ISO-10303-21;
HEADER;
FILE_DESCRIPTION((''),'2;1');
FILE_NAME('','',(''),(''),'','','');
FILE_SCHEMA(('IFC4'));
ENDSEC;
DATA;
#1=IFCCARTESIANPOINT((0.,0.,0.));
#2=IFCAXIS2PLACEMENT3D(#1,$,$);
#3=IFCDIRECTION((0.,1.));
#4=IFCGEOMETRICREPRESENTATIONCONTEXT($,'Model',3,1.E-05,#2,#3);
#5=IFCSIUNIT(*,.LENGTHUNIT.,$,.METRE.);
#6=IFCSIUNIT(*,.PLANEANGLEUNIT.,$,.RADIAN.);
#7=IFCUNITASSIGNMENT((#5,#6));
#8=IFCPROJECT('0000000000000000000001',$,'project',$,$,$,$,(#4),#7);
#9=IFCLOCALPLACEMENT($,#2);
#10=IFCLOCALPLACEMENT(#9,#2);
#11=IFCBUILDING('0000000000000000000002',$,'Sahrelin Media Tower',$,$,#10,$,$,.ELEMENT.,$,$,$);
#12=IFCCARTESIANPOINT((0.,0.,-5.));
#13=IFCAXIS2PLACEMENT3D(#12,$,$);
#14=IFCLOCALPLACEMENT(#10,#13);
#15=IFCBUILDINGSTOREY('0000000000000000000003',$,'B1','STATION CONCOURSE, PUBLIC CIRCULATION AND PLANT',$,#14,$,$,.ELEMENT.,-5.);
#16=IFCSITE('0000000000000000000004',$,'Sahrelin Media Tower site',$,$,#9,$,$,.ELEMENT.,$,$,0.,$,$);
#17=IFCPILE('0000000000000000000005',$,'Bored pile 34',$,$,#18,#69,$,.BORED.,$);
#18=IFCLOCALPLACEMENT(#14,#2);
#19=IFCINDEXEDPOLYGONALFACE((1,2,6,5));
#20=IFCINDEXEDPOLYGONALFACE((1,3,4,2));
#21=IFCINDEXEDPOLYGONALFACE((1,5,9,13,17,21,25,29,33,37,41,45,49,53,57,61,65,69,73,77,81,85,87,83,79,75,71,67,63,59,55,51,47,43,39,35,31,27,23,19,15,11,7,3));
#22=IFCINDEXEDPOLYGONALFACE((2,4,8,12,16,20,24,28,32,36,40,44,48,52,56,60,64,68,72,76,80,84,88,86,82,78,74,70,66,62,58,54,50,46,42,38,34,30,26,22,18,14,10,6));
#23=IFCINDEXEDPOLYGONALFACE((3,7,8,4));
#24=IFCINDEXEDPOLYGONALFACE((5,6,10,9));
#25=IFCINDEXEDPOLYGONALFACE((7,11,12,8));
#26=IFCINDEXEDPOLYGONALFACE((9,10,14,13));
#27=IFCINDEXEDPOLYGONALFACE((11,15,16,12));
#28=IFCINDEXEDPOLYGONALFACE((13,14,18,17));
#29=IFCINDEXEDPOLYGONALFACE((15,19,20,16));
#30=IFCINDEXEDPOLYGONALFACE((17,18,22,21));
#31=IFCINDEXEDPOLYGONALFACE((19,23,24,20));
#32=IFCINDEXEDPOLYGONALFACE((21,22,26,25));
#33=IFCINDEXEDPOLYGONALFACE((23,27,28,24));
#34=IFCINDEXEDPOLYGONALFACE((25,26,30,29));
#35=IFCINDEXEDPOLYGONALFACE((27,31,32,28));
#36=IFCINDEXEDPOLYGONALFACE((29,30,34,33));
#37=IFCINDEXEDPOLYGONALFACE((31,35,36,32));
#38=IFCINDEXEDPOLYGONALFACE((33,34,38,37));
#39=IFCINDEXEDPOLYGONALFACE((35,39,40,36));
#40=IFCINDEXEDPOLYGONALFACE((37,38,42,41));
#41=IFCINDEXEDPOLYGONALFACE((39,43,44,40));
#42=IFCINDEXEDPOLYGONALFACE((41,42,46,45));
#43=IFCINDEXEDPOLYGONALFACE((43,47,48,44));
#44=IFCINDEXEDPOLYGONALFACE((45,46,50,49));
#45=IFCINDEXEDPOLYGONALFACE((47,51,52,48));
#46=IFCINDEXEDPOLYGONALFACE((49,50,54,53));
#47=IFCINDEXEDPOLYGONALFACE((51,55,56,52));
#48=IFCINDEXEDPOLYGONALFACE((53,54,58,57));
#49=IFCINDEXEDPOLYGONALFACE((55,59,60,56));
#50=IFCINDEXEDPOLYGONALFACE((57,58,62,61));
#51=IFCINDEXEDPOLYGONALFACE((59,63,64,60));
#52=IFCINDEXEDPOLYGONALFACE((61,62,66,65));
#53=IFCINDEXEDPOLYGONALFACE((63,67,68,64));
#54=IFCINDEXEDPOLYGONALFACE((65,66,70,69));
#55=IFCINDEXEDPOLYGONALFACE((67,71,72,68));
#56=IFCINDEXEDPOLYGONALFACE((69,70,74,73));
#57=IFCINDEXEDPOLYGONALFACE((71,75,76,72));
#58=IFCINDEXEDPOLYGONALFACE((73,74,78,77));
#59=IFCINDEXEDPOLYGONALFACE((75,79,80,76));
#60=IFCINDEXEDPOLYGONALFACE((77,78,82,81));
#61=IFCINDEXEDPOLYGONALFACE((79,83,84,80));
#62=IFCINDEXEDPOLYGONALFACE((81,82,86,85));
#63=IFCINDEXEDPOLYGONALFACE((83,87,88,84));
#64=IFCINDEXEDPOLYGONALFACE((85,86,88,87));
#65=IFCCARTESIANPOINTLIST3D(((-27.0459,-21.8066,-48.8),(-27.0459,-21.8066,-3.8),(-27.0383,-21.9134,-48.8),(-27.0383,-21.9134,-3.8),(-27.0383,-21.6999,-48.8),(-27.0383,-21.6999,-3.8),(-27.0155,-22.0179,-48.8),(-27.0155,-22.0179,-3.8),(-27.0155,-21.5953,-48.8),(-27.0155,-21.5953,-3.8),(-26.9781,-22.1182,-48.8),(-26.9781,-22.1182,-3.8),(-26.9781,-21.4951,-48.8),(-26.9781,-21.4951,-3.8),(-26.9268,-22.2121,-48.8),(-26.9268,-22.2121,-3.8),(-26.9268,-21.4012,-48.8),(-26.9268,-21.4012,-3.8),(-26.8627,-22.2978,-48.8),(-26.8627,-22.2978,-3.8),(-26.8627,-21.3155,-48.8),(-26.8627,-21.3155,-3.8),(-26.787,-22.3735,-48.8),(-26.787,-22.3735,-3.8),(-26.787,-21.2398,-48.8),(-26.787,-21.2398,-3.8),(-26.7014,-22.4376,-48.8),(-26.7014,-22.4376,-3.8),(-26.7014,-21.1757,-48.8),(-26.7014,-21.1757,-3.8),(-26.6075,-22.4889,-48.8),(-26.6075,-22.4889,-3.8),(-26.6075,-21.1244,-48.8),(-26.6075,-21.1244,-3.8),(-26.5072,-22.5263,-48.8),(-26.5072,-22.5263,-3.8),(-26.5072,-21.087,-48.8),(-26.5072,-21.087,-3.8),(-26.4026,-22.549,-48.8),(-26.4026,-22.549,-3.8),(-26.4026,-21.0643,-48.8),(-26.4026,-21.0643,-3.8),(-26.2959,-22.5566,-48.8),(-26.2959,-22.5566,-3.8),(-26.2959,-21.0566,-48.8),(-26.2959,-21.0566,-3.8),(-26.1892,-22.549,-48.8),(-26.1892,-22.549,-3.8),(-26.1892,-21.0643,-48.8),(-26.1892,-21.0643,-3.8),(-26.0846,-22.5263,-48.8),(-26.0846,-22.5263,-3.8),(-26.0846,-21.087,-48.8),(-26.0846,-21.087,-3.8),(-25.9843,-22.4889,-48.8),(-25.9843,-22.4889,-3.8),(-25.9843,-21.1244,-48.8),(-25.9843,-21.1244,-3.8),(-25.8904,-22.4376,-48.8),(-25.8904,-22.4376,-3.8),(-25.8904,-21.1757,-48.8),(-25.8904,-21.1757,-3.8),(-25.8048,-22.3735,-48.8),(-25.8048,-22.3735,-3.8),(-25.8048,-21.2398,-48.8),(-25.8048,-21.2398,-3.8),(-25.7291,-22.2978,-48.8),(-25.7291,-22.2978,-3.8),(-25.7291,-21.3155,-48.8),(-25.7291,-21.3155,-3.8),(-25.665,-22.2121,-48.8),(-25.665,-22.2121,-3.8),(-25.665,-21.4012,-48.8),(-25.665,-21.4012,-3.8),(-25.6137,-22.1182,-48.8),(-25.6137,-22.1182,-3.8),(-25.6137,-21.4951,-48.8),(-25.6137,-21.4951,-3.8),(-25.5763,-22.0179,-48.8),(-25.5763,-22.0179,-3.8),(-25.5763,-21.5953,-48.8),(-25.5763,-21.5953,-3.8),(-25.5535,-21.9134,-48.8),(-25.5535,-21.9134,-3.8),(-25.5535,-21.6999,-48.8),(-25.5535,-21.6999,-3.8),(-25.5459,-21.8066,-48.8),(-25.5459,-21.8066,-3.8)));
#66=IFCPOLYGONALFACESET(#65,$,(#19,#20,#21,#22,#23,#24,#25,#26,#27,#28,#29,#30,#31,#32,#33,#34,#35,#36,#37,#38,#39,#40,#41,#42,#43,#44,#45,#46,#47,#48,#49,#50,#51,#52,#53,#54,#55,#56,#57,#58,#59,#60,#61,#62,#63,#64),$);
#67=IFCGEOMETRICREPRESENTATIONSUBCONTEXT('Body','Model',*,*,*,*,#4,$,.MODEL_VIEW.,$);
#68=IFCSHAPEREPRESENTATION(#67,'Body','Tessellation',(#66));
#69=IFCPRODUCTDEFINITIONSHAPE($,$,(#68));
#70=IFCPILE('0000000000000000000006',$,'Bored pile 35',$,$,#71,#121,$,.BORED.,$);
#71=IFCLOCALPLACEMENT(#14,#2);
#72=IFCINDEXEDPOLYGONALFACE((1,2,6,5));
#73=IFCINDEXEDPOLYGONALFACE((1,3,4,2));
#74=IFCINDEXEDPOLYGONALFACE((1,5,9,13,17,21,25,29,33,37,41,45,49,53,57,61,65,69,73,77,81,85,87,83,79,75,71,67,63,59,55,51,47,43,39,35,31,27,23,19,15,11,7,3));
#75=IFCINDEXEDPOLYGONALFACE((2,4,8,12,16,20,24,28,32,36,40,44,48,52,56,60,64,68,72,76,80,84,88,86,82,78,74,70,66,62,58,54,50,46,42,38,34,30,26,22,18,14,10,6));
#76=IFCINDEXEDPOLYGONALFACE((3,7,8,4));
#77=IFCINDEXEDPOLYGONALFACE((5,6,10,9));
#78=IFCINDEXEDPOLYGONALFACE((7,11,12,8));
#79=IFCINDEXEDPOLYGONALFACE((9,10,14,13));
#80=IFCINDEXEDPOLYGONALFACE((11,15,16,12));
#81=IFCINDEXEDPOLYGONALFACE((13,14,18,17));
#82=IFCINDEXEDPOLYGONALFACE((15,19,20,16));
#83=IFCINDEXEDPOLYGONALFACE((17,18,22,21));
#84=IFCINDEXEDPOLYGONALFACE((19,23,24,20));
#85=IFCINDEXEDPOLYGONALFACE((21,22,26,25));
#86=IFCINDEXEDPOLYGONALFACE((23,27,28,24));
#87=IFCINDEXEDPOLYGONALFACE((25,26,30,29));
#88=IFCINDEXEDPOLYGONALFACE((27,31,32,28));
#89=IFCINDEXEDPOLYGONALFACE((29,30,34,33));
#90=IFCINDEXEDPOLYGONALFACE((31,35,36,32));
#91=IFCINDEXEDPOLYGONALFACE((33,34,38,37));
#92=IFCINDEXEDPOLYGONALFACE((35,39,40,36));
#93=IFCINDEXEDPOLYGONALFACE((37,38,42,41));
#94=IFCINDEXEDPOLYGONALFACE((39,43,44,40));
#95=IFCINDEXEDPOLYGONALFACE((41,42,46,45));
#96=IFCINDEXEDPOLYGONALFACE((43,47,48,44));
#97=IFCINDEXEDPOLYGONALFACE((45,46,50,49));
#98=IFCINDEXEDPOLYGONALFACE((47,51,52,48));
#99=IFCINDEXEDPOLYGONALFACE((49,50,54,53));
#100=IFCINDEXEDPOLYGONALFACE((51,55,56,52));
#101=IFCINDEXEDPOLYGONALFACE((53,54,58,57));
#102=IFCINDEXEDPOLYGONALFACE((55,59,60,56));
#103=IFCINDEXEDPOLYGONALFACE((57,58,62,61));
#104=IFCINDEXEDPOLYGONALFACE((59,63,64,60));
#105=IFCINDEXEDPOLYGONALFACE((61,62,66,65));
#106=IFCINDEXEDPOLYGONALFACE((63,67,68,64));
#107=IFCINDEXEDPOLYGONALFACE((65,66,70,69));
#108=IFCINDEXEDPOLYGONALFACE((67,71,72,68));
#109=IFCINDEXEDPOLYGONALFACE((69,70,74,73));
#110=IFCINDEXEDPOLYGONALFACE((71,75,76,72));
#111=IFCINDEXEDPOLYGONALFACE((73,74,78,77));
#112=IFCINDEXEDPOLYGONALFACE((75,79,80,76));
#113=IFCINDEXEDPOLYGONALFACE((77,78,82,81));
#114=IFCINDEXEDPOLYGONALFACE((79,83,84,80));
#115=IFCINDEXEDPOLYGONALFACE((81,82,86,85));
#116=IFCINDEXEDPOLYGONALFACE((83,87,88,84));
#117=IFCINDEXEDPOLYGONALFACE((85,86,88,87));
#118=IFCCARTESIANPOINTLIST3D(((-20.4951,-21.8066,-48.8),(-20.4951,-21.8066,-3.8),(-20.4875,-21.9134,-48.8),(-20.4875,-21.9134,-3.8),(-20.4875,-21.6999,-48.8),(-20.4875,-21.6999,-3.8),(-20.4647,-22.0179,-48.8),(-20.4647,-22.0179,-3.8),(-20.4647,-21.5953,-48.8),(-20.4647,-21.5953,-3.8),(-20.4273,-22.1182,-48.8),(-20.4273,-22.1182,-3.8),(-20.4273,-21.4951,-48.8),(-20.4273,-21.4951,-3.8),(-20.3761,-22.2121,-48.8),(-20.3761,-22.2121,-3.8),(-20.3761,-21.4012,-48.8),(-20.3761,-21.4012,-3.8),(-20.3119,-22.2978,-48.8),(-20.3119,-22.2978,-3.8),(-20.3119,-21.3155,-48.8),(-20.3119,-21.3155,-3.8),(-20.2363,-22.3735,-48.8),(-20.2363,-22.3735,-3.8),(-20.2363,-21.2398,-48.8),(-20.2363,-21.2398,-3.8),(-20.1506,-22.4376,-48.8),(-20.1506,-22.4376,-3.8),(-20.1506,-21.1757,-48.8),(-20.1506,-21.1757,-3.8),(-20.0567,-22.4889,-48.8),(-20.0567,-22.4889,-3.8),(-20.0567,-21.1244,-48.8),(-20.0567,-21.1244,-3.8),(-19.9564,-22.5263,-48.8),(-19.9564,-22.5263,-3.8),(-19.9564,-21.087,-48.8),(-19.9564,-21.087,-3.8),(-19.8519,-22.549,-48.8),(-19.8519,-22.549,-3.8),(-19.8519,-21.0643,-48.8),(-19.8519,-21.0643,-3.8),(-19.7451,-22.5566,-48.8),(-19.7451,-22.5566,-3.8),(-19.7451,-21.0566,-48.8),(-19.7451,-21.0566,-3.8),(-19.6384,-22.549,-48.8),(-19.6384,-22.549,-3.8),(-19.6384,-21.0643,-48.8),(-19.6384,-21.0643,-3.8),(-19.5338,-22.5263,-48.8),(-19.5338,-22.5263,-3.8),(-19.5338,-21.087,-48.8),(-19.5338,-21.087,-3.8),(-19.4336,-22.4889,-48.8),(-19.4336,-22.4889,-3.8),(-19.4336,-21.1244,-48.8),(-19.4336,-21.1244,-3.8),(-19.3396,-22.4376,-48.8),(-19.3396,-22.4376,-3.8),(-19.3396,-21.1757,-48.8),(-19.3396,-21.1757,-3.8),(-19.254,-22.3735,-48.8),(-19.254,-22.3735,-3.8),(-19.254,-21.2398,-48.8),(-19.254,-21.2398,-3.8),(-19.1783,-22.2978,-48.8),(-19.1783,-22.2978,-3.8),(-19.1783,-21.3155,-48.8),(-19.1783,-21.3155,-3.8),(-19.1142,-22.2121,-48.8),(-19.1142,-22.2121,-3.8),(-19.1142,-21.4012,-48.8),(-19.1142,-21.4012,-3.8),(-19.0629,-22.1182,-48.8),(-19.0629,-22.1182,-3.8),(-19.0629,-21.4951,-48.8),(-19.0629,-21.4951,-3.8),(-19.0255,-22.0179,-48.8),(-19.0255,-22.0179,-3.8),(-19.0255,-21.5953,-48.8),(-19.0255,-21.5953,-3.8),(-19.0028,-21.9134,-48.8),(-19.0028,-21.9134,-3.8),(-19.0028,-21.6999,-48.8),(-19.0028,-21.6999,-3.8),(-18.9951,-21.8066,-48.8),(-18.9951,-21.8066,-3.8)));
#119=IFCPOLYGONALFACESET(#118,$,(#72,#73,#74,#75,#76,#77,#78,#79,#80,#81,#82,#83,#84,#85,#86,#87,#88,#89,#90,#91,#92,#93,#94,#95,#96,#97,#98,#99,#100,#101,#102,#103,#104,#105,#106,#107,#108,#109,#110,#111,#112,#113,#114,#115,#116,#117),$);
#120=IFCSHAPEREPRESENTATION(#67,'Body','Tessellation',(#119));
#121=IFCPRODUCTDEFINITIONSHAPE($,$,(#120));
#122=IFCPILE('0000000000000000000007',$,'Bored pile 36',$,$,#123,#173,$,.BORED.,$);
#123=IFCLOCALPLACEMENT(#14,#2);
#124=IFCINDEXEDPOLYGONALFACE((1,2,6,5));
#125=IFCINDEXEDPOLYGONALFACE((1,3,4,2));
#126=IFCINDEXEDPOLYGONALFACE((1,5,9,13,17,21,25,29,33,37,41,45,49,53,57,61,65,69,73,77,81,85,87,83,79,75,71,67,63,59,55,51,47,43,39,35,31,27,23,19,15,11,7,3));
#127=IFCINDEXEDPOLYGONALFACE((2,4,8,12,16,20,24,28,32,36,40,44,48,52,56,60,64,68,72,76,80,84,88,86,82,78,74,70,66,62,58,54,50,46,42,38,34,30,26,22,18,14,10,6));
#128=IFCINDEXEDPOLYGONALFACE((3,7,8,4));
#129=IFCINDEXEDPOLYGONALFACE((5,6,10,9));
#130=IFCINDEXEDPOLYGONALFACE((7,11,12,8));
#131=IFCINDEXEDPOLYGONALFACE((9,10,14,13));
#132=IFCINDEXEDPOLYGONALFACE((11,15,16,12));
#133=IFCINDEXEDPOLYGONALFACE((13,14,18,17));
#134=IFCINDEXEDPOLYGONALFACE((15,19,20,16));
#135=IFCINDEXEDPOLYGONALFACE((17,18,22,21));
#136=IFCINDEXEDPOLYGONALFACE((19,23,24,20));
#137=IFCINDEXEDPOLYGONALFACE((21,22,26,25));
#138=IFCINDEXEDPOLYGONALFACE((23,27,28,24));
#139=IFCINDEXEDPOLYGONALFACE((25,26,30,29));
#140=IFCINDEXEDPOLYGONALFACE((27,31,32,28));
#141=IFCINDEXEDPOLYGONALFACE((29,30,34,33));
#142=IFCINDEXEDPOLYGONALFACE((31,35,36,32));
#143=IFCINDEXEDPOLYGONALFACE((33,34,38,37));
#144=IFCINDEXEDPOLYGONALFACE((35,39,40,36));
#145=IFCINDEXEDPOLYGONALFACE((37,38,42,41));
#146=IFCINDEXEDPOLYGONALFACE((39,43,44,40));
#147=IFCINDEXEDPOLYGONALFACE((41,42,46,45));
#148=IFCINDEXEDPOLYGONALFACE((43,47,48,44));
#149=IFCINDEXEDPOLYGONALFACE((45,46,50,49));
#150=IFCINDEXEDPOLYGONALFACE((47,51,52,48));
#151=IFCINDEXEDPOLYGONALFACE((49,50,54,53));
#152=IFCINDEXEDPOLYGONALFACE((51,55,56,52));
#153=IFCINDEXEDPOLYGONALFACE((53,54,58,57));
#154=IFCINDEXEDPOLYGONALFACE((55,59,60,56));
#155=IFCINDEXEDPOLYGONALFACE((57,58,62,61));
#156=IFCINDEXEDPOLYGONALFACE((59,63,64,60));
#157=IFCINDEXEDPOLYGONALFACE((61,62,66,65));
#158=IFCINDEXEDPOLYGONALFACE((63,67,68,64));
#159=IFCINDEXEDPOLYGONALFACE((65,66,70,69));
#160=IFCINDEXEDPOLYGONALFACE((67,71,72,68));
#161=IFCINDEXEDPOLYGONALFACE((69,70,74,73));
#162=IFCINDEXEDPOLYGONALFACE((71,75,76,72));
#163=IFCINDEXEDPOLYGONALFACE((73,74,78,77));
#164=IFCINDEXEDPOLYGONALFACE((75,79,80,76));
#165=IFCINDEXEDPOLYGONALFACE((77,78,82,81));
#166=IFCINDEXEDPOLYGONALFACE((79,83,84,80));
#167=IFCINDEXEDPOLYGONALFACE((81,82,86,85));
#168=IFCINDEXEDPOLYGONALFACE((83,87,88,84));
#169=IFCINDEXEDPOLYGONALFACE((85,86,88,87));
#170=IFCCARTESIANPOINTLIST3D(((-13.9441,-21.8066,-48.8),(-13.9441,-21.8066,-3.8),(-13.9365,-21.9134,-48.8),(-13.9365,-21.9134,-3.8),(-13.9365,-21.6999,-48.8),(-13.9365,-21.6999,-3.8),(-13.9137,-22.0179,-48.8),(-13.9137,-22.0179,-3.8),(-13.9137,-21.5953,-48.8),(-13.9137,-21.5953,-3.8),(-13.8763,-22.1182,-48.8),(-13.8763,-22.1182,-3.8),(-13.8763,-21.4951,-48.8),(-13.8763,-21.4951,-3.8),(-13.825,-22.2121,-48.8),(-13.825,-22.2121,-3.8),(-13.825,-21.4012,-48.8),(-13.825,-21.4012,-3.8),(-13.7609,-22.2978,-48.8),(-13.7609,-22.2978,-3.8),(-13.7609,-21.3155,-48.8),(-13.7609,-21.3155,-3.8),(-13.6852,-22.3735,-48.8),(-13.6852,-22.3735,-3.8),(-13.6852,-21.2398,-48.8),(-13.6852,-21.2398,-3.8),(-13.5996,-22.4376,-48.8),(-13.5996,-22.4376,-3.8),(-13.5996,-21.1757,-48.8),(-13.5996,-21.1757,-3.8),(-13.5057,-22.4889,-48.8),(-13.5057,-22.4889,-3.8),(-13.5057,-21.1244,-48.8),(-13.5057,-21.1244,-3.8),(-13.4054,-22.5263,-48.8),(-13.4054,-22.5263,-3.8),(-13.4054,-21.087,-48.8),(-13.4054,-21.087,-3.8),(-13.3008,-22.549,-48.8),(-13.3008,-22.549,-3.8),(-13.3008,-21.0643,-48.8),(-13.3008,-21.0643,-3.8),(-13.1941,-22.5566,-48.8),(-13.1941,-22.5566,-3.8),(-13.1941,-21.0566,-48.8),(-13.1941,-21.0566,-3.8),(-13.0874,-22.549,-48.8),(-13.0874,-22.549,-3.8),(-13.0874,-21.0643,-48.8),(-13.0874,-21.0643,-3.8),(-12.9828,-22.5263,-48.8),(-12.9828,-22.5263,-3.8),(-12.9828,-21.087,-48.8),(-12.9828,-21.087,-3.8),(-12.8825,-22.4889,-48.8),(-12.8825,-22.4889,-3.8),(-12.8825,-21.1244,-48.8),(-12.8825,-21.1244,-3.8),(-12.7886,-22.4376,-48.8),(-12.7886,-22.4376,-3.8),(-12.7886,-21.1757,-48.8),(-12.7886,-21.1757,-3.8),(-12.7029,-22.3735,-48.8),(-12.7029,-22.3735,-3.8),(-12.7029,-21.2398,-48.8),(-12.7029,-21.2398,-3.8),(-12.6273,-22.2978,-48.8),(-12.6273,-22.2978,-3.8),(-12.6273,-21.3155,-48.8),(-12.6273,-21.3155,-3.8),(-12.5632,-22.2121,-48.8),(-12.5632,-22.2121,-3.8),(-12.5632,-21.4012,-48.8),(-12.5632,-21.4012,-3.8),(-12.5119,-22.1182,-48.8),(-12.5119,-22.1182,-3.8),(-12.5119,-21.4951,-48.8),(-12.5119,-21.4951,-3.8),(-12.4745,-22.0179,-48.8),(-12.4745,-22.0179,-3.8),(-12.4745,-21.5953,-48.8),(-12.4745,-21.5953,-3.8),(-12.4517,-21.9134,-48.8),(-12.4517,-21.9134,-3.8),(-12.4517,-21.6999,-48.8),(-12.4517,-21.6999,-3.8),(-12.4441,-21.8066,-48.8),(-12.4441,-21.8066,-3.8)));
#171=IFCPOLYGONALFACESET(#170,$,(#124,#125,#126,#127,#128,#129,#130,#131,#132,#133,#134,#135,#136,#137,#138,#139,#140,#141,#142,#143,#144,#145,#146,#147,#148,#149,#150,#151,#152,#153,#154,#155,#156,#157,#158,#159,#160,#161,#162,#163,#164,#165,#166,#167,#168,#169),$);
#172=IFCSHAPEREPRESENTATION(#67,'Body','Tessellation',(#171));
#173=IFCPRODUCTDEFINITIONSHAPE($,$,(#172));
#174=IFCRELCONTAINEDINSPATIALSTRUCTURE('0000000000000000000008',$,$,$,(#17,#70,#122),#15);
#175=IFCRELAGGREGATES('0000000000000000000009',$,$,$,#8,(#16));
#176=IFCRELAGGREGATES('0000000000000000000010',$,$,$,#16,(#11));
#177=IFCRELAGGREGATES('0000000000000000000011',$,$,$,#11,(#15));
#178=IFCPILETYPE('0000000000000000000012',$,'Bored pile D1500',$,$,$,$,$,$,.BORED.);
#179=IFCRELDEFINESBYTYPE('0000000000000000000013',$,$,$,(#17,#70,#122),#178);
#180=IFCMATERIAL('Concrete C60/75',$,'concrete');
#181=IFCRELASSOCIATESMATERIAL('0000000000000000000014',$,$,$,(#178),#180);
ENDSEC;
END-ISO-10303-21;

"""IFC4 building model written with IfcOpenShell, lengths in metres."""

from ifc_helpers import new_model, si_unit, direction, frame, origin, origin_2d, place, context, subcontext, project, spatial, circle, extrude, material, material_profile, profile_set, type_object, element, save


model = new_model("IFC4")

# Units and contexts
model_context = context("Model", 3, precision=1e-05, world=origin(), true_north=direction((0.0, 1.0)))
body_context = subcontext(model_context, "Body", "Model", "MODEL_VIEW")
ifc_project = project(units=[si_unit("LENGTHUNIT", "METRE"), si_unit("PLANEANGLEUNIT", "RADIAN")], contexts=[model_context])

# Site, building, storey
site_placement = place(None, origin())
site = spatial("IfcSite", under=ifc_project, at=site_placement, Name="Sahrelin Media Tower site", CompositionType="ELEMENT", RefElevation=0.0)
building_placement = place(site_placement, origin())
building = spatial("IfcBuilding", under=site, at=building_placement, Name="Sahrelin Media Tower", CompositionType="ELEMENT")
storey_placement = place(building_placement, frame((0.0, 0.0, -5.0)))
storey = spatial("IfcBuildingStorey", under=building, at=storey_placement, Name="B1", Description="STATION CONCOURSE, PUBLIC CIRCULATION AND PLANT", CompositionType="ELEMENT", Elevation=-5.0)

# Piles
ifc_material_1 = material(Name="Concrete C60/75", Category="concrete")
ifc_material_profile_1 = material_profile(ifc_material_1, circle(Radius=0.75, at=origin_2d()), Name="Bored pile D1500")
ifc_profile_set_1 = profile_set([ifc_material_profile_1], Name="Concrete C60/75")
pile_type = type_object("IfcPileType", Name="Bored pile D1500", PredefinedType="BORED", material=ifc_profile_set_1)
for number, where, z_axis, x_axis, name in (
    (1, (-26.2959, -21.8066, -3.8), (0.0, 0.0, -1.0), (1.0, 0.0, 0.0), "Bored pile 34"),
    (2, (-19.7451, -21.8066, -3.8), (0.0, 0.0, -1.0), (1.0, 0.0, 0.0), "Bored pile 35"),
    (3, (-13.1941, -21.8066, -3.8), (0.0, 0.0, -1.0), (1.0, 0.0, 0.0), "Bored pile 36"),
):
    element("IfcPile", number, at=place(storey_placement, frame(where, z_axis=z_axis, x_axis=x_axis)), inside=storey, type_object=pile_type, Name=name, PredefinedType="BORED", context=body_context, shape_type="SweptSolid", body=[
        extrude(circle(Radius=0.75, at=origin_2d()), origin(), (0.0, 0.0, 1.0), 45.0),
    ])

save(model, "model.ifc")
